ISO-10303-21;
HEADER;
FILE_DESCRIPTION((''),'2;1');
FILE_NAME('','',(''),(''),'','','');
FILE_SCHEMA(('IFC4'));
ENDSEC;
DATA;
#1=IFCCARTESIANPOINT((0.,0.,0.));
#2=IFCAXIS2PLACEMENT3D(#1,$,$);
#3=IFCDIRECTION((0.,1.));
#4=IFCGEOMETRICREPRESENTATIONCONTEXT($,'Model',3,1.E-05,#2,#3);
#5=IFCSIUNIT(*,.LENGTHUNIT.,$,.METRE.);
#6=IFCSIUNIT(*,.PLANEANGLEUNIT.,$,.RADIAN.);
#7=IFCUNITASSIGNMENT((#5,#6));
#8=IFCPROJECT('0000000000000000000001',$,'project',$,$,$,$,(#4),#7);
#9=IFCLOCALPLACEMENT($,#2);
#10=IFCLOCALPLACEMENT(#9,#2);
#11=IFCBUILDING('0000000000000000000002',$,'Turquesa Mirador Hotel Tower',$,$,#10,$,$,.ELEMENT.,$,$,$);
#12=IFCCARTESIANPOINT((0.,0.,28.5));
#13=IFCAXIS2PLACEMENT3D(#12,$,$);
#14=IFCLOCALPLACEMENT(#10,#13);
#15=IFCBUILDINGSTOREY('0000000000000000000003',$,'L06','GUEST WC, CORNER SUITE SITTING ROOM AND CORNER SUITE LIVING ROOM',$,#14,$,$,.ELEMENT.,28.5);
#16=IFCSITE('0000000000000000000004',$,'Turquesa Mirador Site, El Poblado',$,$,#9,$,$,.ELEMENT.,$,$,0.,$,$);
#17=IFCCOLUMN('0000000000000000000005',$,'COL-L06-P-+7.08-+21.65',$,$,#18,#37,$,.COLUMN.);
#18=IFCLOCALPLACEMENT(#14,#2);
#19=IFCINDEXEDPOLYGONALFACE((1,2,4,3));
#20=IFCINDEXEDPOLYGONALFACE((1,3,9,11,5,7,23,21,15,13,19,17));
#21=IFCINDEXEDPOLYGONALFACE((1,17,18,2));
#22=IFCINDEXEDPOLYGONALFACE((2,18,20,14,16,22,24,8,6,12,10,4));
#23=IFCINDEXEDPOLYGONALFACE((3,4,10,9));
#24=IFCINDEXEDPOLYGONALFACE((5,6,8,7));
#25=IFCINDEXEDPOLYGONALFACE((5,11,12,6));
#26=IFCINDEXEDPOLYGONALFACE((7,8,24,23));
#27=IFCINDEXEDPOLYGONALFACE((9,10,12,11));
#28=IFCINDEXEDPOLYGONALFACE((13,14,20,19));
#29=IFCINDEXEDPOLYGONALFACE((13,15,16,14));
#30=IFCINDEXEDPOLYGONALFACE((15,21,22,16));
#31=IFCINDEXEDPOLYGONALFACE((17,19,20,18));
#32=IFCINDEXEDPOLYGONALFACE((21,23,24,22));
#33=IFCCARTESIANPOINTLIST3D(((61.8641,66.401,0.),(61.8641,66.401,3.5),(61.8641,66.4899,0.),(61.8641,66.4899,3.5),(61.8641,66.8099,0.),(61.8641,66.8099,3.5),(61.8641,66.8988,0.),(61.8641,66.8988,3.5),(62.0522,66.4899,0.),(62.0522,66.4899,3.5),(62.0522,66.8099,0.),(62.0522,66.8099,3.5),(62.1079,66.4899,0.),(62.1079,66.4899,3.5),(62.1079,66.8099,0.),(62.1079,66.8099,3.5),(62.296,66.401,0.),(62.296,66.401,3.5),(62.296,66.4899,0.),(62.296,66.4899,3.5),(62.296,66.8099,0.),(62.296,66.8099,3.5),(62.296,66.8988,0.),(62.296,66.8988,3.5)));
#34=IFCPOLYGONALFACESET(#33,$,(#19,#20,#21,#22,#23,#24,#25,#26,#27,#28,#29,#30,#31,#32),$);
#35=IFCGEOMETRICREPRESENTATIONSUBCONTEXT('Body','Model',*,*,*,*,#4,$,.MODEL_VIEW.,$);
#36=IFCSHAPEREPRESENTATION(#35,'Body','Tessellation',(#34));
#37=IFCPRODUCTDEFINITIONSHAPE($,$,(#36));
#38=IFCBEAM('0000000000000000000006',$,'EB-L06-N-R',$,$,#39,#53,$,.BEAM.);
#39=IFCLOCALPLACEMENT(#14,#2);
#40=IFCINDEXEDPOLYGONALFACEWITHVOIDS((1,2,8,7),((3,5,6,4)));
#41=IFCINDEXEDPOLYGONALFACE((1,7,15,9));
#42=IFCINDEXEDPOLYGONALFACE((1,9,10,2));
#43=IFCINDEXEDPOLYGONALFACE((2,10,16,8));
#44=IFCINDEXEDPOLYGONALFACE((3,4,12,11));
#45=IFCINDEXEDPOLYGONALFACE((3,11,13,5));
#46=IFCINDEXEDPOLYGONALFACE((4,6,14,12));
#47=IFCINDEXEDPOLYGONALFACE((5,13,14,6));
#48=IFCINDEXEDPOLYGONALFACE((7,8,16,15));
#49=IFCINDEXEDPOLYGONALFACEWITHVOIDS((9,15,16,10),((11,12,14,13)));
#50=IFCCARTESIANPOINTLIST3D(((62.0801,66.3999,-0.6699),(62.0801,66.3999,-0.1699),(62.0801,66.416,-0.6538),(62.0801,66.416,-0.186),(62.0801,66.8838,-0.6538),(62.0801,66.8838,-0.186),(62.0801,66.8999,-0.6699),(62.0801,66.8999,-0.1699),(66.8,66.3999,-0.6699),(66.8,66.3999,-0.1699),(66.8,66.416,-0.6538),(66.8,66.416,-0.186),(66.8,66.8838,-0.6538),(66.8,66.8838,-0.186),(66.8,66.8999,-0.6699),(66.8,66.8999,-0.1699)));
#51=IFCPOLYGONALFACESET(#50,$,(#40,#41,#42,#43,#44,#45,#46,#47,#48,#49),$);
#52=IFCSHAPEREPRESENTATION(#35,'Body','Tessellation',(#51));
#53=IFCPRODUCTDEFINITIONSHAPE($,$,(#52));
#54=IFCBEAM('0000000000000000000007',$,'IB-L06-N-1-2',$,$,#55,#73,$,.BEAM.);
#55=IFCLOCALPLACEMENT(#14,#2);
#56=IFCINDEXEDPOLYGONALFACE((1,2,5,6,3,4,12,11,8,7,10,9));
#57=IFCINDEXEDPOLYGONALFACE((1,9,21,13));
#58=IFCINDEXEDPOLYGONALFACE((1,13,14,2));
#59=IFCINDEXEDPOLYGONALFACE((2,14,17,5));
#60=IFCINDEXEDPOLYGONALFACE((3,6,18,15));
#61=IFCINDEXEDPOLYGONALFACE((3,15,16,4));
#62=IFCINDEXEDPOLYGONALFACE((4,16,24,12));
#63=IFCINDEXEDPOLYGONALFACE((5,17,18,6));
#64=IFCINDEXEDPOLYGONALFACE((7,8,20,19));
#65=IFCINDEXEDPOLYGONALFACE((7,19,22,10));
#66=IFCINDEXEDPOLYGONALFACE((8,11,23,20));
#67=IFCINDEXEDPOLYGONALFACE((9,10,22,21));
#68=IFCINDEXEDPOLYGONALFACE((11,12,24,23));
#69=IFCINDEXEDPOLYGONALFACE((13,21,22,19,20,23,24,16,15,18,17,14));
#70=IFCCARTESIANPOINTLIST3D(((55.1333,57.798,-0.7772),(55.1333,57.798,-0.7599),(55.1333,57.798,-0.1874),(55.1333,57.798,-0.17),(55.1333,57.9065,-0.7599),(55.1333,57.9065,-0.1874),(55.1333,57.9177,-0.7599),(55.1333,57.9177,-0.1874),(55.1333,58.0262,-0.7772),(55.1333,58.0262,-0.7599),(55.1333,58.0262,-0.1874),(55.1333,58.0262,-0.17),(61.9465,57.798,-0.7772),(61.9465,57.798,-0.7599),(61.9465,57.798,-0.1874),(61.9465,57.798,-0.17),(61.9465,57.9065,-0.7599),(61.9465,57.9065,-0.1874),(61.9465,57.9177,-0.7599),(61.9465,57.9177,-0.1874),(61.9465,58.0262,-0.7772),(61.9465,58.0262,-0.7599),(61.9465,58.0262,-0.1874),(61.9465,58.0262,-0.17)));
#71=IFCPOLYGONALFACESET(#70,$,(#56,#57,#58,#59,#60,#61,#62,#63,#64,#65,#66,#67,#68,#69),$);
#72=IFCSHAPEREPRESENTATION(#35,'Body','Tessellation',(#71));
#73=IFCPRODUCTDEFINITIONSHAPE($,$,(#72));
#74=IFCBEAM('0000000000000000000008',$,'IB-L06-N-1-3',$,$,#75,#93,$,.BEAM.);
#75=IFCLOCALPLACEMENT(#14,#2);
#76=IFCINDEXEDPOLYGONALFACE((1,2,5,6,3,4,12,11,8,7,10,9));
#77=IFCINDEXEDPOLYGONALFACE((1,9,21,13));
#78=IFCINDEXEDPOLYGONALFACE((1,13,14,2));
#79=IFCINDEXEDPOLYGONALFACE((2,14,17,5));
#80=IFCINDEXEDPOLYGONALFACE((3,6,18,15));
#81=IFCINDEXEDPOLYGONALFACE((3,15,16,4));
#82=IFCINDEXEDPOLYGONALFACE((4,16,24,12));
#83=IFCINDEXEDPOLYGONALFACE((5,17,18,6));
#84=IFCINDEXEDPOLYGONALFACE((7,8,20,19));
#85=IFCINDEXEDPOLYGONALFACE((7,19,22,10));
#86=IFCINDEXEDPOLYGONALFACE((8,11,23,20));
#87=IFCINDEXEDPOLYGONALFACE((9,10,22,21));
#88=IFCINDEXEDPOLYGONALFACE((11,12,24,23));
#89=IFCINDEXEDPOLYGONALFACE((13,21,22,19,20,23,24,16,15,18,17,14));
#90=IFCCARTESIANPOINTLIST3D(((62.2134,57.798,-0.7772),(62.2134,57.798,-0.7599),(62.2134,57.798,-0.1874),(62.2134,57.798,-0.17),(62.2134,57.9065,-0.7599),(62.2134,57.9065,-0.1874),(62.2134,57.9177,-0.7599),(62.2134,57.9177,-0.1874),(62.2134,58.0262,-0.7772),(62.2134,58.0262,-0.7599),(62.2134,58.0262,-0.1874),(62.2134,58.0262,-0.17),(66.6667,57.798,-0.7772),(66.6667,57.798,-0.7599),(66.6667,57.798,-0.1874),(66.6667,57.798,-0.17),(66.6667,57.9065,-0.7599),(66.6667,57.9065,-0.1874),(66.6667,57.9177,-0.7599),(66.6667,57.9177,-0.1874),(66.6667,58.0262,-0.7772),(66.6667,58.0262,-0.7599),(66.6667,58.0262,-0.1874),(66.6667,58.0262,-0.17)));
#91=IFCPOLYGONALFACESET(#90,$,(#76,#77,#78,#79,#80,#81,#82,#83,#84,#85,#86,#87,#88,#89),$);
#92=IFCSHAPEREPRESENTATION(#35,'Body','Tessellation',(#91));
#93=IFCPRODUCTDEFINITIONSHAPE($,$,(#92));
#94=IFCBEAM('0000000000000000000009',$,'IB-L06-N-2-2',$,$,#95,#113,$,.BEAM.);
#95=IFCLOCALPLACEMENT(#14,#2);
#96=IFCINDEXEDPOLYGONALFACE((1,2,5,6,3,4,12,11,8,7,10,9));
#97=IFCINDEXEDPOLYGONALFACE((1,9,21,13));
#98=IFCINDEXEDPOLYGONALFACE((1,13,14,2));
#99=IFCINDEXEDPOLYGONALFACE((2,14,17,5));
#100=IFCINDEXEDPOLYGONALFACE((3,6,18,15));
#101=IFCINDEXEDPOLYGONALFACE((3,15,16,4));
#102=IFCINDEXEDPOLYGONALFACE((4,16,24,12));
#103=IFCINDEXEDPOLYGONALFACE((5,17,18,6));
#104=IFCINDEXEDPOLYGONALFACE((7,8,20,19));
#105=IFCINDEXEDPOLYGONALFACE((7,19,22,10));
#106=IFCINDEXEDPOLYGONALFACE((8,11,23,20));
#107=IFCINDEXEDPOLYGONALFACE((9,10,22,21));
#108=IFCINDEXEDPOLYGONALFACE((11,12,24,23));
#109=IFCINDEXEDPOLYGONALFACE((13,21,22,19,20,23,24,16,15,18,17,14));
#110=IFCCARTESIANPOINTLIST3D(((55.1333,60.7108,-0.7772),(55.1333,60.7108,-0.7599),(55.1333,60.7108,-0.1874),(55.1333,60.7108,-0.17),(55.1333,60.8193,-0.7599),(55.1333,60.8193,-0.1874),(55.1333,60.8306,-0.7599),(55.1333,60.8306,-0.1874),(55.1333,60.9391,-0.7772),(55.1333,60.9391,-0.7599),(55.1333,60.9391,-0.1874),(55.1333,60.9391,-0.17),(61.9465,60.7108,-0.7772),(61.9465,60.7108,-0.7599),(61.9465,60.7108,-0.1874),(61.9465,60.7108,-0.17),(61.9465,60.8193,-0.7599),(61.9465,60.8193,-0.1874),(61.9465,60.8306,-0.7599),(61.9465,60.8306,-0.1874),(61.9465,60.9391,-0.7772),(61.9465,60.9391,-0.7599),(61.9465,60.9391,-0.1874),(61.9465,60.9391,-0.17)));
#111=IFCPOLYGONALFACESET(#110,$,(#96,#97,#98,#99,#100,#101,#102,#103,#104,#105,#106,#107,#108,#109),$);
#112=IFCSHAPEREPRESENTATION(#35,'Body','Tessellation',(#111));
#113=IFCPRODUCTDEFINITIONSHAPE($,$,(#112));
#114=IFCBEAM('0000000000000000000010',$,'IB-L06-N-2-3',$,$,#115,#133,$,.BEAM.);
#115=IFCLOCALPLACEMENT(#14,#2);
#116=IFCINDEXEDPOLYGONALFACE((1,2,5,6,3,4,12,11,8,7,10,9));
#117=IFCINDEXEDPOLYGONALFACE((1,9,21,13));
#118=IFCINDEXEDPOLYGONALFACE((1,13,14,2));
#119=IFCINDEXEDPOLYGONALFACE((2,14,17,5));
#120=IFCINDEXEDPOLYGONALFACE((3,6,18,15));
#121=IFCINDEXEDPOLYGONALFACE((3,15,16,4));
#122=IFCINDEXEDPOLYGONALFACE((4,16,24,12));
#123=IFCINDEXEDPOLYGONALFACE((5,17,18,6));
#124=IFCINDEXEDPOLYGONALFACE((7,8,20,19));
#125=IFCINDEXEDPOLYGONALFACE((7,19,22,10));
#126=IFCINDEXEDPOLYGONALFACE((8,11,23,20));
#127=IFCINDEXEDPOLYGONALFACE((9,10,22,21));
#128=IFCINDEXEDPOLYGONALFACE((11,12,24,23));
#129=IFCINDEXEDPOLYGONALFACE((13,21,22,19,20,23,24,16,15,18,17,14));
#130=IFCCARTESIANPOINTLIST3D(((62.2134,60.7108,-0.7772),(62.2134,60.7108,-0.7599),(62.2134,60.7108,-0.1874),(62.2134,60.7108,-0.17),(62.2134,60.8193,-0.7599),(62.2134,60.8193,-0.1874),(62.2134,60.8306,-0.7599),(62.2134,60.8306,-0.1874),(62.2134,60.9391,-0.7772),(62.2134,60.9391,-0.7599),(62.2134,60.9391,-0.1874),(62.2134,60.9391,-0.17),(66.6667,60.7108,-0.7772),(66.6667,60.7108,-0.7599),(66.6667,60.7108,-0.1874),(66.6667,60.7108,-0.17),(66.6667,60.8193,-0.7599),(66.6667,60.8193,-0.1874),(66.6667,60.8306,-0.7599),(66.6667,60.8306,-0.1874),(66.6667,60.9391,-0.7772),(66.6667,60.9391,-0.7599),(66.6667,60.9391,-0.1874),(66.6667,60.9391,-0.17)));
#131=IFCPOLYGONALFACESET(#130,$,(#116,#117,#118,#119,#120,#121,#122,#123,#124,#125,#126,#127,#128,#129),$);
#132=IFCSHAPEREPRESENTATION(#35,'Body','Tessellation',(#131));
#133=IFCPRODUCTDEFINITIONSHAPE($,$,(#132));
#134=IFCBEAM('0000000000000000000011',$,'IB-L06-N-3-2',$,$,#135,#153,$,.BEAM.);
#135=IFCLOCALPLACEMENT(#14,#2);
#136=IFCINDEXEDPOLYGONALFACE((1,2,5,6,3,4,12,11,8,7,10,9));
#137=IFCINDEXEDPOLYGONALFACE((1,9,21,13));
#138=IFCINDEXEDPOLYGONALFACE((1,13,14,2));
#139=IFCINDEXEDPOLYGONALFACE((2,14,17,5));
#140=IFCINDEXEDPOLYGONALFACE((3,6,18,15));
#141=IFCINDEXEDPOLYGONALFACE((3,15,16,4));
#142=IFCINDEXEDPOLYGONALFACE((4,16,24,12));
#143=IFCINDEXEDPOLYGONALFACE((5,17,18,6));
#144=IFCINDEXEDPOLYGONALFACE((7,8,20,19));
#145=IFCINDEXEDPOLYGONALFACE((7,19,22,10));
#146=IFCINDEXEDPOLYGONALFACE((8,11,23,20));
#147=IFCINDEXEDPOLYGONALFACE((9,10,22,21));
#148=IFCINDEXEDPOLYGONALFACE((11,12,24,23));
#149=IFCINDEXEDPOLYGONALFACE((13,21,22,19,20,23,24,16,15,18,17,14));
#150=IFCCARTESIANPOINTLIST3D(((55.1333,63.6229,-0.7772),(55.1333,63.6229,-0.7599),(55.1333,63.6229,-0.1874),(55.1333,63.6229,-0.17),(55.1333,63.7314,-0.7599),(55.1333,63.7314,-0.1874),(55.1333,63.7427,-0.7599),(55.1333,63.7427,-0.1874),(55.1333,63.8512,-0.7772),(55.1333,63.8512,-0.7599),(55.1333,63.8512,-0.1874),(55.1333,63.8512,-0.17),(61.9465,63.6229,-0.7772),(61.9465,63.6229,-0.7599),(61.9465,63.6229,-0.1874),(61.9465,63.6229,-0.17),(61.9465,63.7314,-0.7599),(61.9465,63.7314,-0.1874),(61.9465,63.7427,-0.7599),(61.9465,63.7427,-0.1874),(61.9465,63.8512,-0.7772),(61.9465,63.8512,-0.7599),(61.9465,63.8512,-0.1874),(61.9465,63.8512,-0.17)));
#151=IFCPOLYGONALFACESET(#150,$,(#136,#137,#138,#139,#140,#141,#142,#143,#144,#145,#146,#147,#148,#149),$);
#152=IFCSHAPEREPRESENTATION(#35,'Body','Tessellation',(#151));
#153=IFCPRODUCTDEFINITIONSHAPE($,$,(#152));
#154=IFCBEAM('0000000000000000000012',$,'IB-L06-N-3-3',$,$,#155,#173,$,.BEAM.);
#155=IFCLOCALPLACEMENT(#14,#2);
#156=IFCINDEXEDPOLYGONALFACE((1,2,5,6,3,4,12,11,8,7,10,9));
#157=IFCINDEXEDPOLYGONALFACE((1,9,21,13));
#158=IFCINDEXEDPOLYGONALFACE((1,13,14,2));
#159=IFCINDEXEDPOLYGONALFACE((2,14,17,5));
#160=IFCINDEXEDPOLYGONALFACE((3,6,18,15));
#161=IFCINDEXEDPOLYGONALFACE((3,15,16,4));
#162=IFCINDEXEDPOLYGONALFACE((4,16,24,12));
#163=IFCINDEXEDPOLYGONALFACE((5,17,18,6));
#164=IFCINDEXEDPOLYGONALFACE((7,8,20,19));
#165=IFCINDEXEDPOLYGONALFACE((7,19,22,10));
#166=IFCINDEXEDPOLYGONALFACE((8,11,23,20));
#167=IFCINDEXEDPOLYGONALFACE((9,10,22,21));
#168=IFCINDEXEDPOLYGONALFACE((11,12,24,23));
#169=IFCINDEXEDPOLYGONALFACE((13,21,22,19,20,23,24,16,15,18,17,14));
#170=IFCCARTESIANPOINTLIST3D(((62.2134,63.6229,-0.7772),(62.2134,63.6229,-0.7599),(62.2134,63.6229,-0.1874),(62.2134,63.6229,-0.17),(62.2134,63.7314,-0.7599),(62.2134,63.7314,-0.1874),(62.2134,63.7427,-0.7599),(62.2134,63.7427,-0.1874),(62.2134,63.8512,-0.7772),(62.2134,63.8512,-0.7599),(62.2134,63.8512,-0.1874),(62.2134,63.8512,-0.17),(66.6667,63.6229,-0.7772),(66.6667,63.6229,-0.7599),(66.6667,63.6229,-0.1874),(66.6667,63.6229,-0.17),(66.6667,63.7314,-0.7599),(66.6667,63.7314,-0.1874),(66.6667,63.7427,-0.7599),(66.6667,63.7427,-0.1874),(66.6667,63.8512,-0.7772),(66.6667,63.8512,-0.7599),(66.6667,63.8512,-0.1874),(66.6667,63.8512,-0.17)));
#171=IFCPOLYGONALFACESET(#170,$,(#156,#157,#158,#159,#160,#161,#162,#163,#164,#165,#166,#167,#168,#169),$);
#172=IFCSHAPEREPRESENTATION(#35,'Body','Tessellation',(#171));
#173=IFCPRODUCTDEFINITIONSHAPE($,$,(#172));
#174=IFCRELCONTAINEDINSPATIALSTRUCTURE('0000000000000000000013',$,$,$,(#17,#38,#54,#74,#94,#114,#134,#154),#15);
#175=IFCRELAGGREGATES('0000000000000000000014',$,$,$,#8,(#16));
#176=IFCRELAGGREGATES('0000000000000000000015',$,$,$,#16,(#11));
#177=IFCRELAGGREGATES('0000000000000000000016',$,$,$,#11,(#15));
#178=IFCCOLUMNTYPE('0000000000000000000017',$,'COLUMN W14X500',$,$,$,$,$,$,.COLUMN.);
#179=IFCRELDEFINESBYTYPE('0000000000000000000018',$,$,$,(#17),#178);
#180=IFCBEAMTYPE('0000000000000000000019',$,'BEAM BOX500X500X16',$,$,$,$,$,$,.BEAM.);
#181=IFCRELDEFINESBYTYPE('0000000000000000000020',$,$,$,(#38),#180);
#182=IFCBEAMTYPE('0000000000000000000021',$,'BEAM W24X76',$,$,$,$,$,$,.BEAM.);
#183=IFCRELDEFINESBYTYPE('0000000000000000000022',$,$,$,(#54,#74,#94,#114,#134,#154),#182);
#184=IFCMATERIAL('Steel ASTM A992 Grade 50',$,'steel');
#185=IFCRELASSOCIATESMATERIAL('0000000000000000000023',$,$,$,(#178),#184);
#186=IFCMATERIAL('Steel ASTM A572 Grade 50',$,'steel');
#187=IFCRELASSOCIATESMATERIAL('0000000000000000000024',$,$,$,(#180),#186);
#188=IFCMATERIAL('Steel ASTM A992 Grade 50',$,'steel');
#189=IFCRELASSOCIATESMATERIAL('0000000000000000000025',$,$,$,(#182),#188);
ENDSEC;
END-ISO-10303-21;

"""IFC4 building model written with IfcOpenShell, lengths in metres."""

from ifc_helpers import new_model, si_unit, direction, frame, origin, origin_2d, place, context, subcontext, project, spatial, hollow_rectangle, i_section, extrude, material, material_profile, profile_set, type_object, element, save


model = new_model("IFC4")

# Units and contexts
model_context = context("Model", 3, precision=1e-05, world=origin(), true_north=direction((0.0, 1.0)))
body_context = subcontext(model_context, "Body", "Model", "MODEL_VIEW")
ifc_project = project(units=[si_unit("LENGTHUNIT", "METRE"), si_unit("PLANEANGLEUNIT", "RADIAN")], contexts=[model_context])

# Site, building, storey
site_placement = place(None, origin())
site = spatial("IfcSite", under=ifc_project, at=site_placement, Name="Turquesa Mirador Site, El Poblado", CompositionType="ELEMENT", RefElevation=0.0)
building_placement = place(site_placement, origin())
building = spatial("IfcBuilding", under=site, at=building_placement, Name="Turquesa Mirador Hotel Tower", CompositionType="ELEMENT")
storey_placement = place(building_placement, frame((0.0, 0.0, 28.5)))
storey = spatial("IfcBuildingStorey", under=building, at=storey_placement, Name="L06", Description="GUEST WC, CORNER SUITE SITTING ROOM AND CORNER SUITE LIVING ROOM", CompositionType="ELEMENT", Elevation=28.5)

# Column
ifc_material_1 = material(Name="Steel ASTM A992 Grade 50", Category="steel")
ifc_material_profile_1 = material_profile(ifc_material_1, i_section(OverallWidth=0.4319, OverallDepth=0.4978, WebThickness=0.0557, FlangeThickness=0.0889, at=origin_2d()), Name="W14X500")
ifc_profile_set_1 = profile_set([ifc_material_profile_1], Name="Steel ASTM A992 Grade 50")
column_type = type_object("IfcColumnType", Name="COLUMN W14X500", PredefinedType="COLUMN", material=ifc_profile_set_1)
column_placement = place(storey_placement, frame((62.0801, 66.6499, 0.0), z_axis=(0.0, 0.0, 1.0), x_axis=(1.0, 0.0, 0.0)))
element("IfcColumn", 1, at=column_placement, inside=storey, type_object=column_type, Name="COL-L06-P-+7.08-+21.65", PredefinedType="COLUMN", context=body_context, shape_type="SweptSolid", body=[
    extrude(i_section(OverallWidth=0.4319, OverallDepth=0.4978, WebThickness=0.0557, FlangeThickness=0.0889, at=origin_2d()), origin(), (0.0, 0.0, 1.0), 3.5),
])

# Beams
ifc_material_2 = material(Name="Steel ASTM A572 Grade 50", Category="steel")
ifc_material_profile_2 = material_profile(ifc_material_2, hollow_rectangle(XDim=0.5, YDim=0.5, WallThickness=0.0161, at=origin_2d()), Name="BOX500X500X16")
ifc_profile_set_2 = profile_set([ifc_material_profile_2], Name="Steel ASTM A572 Grade 50")
beam_type_1 = type_object("IfcBeamType", Name="BEAM BOX500X500X16", PredefinedType="BEAM", material=ifc_profile_set_2)
beam_1_placement = place(storey_placement, frame((62.0801, 66.6499, -0.4199), z_axis=(1.0, 0.0, 0.0), x_axis=(0.0, 1.0, 0.0)))
element("IfcBeam", 2, at=beam_1_placement, inside=storey, type_object=beam_type_1, Name="EB-L06-N-R", PredefinedType="BEAM", context=body_context, shape_type="SweptSolid", body=[
    extrude(hollow_rectangle(XDim=0.5, YDim=0.5, WallThickness=0.0161, at=origin_2d()), origin(), (0.0, 0.0, 1.0), 4.72),
])
ifc_material_3 = material(Name="Steel ASTM A992 Grade 50", Category="steel")
ifc_material_profile_3 = material_profile(ifc_material_3, i_section(OverallWidth=0.2283, OverallDepth=0.6072, WebThickness=0.0112, FlangeThickness=0.0173, at=origin_2d()), Name="W24X76")
ifc_profile_set_3 = profile_set([ifc_material_profile_3], Name="Steel ASTM A992 Grade 50")
beam_type_2 = type_object("IfcBeamType", Name="BEAM W24X76", PredefinedType="BEAM", material=ifc_profile_set_3)
beam_2_placement = place(storey_placement, frame((55.1333, 57.9121, -0.4736), z_axis=(1.0, 0.0, 0.0), x_axis=(0.0, 1.0, 0.0)))
element("IfcBeam", 3, at=beam_2_placement, inside=storey, type_object=beam_type_2, Name="IB-L06-N-1-2", PredefinedType="BEAM", context=body_context, shape_type="SweptSolid", body=[
    extrude(i_section(OverallWidth=0.2283, OverallDepth=0.6072, WebThickness=0.0112, FlangeThickness=0.0173, at=origin_2d()), origin(), (0.0, 0.0, 1.0), 6.8132),
])
beam_3_placement = place(storey_placement, frame((62.2134, 57.9121, -0.4736), z_axis=(1.0, 0.0, 0.0), x_axis=(0.0, 1.0, 0.0)))
element("IfcBeam", 4, at=beam_3_placement, inside=storey, type_object=beam_type_2, Name="IB-L06-N-1-3", PredefinedType="BEAM", context=body_context, shape_type="SweptSolid", body=[
    extrude(i_section(OverallWidth=0.2283, OverallDepth=0.6072, WebThickness=0.0112, FlangeThickness=0.0173, at=origin_2d()), origin(), (0.0, 0.0, 1.0), 4.4534),
])
beam_4_placement = place(storey_placement, frame((55.1333, 60.825, -0.4736), z_axis=(1.0, 0.0, 0.0), x_axis=(0.0, 1.0, 0.0)))
element("IfcBeam", 5, at=beam_4_placement, inside=storey, type_object=beam_type_2, Name="IB-L06-N-2-2", PredefinedType="BEAM", context=body_context, shape_type="SweptSolid", body=[
    extrude(i_section(OverallWidth=0.2283, OverallDepth=0.6072, WebThickness=0.0112, FlangeThickness=0.0173, at=origin_2d()), origin(), (0.0, 0.0, 1.0), 6.8132),
])
beam_5_placement = place(storey_placement, frame((62.2134, 60.825, -0.4736), z_axis=(1.0, 0.0, 0.0), x_axis=(0.0, 1.0, 0.0)))
element("IfcBeam", 6, at=beam_5_placement, inside=storey, type_object=beam_type_2, Name="IB-L06-N-2-3", PredefinedType="BEAM", context=body_context, shape_type="SweptSolid", body=[
    extrude(i_section(OverallWidth=0.2283, OverallDepth=0.6072, WebThickness=0.0112, FlangeThickness=0.0173, at=origin_2d()), origin(), (0.0, 0.0, 1.0), 4.4534),
])
beam_6_placement = place(storey_placement, frame((55.1333, 63.7371, -0.4736), z_axis=(1.0, 0.0, 0.0), x_axis=(0.0, 1.0, 0.0)))
element("IfcBeam", 7, at=beam_6_placement, inside=storey, type_object=beam_type_2, Name="IB-L06-N-3-2", PredefinedType="BEAM", context=body_context, shape_type="SweptSolid", body=[
    extrude(i_section(OverallWidth=0.2283, OverallDepth=0.6072, WebThickness=0.0112, FlangeThickness=0.0173, at=origin_2d()), origin(), (0.0, 0.0, 1.0), 6.8132),
])
beam_7_placement = place(storey_placement, frame((62.2134, 63.7371, -0.4736), z_axis=(1.0, 0.0, 0.0), x_axis=(0.0, 1.0, 0.0)))
element("IfcBeam", 8, at=beam_7_placement, inside=storey, type_object=beam_type_2, Name="IB-L06-N-3-3", PredefinedType="BEAM", context=body_context, shape_type="SweptSolid", body=[
    extrude(i_section(OverallWidth=0.2283, OverallDepth=0.6072, WebThickness=0.0112, FlangeThickness=0.0173, at=origin_2d()), origin(), (0.0, 0.0, 1.0), 4.4534),
])

save(model, "model.ifc")
